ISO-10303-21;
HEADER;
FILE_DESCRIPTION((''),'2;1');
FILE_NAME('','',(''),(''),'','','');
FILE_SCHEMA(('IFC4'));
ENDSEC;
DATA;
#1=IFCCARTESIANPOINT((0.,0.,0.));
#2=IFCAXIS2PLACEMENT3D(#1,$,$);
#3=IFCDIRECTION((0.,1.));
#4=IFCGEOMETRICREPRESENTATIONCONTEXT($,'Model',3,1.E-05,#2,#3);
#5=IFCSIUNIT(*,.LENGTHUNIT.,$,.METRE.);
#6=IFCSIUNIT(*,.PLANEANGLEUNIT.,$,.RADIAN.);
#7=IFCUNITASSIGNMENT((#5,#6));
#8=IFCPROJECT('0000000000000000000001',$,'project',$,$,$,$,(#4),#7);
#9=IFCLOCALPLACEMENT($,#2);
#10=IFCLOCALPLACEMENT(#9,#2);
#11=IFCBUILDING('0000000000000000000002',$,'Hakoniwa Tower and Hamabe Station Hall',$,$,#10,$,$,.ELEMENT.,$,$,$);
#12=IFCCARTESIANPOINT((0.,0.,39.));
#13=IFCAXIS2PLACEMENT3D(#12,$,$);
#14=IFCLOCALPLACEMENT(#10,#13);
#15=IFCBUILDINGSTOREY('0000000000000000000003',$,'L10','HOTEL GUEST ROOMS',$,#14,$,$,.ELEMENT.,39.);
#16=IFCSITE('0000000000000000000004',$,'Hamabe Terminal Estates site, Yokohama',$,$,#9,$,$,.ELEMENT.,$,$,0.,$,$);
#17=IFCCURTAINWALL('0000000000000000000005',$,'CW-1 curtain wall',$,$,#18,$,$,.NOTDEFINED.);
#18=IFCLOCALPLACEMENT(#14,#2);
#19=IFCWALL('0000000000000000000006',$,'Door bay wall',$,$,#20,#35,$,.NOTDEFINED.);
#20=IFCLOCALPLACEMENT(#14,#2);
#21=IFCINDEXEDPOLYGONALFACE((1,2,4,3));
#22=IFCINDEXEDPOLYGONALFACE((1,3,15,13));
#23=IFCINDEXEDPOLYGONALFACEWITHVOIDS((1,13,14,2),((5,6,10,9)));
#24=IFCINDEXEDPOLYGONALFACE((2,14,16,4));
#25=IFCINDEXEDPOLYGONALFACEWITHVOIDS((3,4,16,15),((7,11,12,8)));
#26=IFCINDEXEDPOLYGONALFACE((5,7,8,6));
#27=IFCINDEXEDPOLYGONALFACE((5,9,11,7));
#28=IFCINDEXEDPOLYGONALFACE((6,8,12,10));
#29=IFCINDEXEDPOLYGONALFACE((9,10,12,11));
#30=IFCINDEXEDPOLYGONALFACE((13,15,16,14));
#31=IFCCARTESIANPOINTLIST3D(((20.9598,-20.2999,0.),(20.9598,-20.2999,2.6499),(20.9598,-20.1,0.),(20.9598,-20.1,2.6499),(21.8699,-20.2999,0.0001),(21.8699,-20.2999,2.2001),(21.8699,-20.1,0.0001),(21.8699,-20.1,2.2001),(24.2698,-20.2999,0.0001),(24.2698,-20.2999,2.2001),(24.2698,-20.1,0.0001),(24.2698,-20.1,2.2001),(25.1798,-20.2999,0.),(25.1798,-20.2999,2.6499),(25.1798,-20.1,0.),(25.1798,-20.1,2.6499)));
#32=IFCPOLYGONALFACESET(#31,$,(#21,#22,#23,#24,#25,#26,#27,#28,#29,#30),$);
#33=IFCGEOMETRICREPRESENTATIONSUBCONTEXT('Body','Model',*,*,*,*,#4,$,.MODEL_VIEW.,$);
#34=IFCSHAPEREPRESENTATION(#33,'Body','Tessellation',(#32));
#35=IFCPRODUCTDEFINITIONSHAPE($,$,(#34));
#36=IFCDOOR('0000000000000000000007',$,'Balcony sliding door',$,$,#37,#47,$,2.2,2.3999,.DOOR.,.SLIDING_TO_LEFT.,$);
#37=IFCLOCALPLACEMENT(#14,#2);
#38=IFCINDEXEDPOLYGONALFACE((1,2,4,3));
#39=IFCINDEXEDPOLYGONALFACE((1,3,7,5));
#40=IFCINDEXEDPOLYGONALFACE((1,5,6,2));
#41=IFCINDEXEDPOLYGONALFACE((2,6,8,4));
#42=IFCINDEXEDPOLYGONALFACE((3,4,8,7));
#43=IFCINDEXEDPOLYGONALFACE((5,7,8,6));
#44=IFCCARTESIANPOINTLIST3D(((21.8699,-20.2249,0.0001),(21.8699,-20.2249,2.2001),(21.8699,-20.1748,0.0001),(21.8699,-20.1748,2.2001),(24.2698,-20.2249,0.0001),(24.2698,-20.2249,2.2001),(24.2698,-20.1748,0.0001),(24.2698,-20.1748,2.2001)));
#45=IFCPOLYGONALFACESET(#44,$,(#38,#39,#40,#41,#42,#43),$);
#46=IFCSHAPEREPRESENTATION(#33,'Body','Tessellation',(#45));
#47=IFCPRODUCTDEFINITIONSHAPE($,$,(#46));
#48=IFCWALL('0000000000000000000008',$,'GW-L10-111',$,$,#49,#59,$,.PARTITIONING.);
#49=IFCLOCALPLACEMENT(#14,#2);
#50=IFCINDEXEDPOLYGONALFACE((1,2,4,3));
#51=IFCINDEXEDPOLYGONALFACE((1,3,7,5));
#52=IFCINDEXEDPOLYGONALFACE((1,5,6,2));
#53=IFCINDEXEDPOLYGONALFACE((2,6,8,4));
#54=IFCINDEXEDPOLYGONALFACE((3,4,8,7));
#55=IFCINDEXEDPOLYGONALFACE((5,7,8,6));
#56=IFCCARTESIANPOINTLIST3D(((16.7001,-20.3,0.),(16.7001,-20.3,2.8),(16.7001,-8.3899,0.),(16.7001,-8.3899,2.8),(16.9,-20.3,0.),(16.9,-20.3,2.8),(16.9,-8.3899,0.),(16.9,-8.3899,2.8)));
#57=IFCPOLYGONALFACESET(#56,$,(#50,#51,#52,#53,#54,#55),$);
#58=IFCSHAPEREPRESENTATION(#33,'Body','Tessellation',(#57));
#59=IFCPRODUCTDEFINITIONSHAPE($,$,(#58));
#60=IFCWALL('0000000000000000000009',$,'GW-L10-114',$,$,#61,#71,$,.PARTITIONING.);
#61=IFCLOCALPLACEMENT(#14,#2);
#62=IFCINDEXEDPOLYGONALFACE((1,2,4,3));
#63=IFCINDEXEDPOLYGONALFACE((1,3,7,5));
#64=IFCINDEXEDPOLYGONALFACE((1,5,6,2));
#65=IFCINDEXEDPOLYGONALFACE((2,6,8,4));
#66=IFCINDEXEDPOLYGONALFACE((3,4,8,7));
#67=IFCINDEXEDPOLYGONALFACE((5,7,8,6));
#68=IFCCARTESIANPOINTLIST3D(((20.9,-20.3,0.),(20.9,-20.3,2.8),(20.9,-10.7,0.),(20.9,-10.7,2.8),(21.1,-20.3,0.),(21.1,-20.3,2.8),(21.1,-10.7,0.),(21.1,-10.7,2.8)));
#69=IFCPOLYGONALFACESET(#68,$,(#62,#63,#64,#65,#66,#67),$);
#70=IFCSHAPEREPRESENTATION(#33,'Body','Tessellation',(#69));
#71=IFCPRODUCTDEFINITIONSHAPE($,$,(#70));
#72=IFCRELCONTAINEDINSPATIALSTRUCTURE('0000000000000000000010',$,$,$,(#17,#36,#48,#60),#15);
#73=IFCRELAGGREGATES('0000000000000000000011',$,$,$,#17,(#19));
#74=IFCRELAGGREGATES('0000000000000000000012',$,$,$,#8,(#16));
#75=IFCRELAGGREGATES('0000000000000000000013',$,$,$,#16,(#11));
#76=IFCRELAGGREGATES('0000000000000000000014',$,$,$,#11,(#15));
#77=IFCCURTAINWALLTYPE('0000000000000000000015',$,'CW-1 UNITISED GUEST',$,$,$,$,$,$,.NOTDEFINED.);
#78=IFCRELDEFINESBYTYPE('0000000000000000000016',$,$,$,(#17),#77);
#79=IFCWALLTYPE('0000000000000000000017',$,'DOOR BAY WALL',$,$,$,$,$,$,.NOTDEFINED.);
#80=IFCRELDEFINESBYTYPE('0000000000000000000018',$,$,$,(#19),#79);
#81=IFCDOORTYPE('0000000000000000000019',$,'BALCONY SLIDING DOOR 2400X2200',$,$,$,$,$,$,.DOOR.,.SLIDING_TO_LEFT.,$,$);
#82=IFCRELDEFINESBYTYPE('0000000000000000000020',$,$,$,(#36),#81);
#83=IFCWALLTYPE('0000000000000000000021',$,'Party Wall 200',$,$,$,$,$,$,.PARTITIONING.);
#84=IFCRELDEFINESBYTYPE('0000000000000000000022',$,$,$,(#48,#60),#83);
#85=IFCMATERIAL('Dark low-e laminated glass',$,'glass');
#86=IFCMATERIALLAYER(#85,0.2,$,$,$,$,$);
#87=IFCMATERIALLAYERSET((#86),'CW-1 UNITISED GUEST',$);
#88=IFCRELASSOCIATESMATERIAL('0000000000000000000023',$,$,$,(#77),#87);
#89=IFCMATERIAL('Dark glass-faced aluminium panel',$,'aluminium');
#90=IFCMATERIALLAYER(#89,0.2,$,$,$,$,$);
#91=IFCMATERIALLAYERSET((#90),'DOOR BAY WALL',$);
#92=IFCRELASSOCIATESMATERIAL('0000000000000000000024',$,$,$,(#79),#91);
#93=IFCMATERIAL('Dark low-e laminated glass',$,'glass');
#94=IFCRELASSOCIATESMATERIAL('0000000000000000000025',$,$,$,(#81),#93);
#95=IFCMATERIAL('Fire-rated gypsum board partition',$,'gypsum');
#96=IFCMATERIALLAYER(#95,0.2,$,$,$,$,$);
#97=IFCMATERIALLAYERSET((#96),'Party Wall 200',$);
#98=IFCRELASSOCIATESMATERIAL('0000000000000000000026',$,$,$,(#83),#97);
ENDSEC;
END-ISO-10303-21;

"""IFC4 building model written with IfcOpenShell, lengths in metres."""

from ifc_helpers import new_model, si_unit, direction, frame, frame_2d, origin, place, context, subcontext, project, spatial, rectangle, extrude, material, layer, layer_set, type_object, element, fill, aggregate, save


model = new_model("IFC4")

# Units and contexts
model_context = context("Model", 3, precision=1e-05, world=origin(), true_north=direction((0.0, 1.0)))
body_context = subcontext(model_context, "Body", "Model", "MODEL_VIEW")
ifc_project = project(units=[si_unit("LENGTHUNIT", "METRE"), si_unit("PLANEANGLEUNIT", "RADIAN")], contexts=[model_context])

# Site, building, storey
site_placement = place(None, origin())
site = spatial("IfcSite", under=ifc_project, at=site_placement, Name="Hamabe Terminal Estates site, Yokohama", CompositionType="ELEMENT", RefElevation=0.0)
building_placement = place(site_placement, origin())
building = spatial("IfcBuilding", under=site, at=building_placement, Name="Hakoniwa Tower and Hamabe Station Hall", CompositionType="ELEMENT")
storey_placement = place(building_placement, frame((0.0, 0.0, 39.0)))
storey = spatial("IfcBuildingStorey", under=building, at=storey_placement, Name="L10", Description="HOTEL GUEST ROOMS", CompositionType="ELEMENT", Elevation=39.0)

# Curtain wall
ifc_material_1 = material(Name="Dark low-e laminated glass", Category="glass")
ifc_layer_1 = layer(ifc_material_1, 0.2)
ifc_layer_set_1 = layer_set([ifc_layer_1], Name="CW-1 UNITISED GUEST")
curtain_wall_type = type_object("IfcCurtainWallType", Name="CW-1 UNITISED GUEST", PredefinedType="NOTDEFINED", material=ifc_layer_set_1)
curtain_wall_placement = place(storey_placement, origin())
curtain_wall = element("IfcCurtainWall", 1, at=curtain_wall_placement, inside=storey, type_object=curtain_wall_type, Name="CW-1 curtain wall", PredefinedType="NOTDEFINED")

# Wall, opening, door
ifc_material_2 = material(Name="Dark glass-faced aluminium panel", Category="aluminium")
ifc_layer_2 = layer(ifc_material_2, 0.2)
ifc_layer_set_2 = layer_set([ifc_layer_2], Name="DOOR BAY WALL")
wall_type_1 = type_object("IfcWallType", Name="DOOR BAY WALL", PredefinedType="NOTDEFINED", material=ifc_layer_set_2)
ifc_material_3 = material(Name="Dark low-e laminated glass", Category="glass")
door_type_1 = type_object("IfcDoorType", Name="BALCONY SLIDING DOOR 2400X2200", OperationType="SLIDING_TO_LEFT", PredefinedType="DOOR", material=ifc_material_3)
wall_1_placement = place(storey_placement, frame((20.96, -20.2, 0.0), z_axis=(0.0, 0.0, 1.0), x_axis=(1.0, 0.0, 0.0)))
wall_1 = element("IfcWall", 2, at=wall_1_placement, type_object=wall_type_1, Name="Door bay wall", PredefinedType="NOTDEFINED", context=body_context, shape_type="SweptSolid", body=[
    extrude(rectangle(XDim=4.22, YDim=0.2, at=frame_2d((2.1099, 0.0))), origin(), (0.0, 0.0, 1.0), 2.6499),
])
opening_1_placement = place(wall_1_placement, frame((0.9099, 0.0, 0.0)))
opening_1 = element("IfcOpeningElement", 3, at=opening_1_placement, cuts=wall_1, PredefinedType="OPENING", context=body_context, shape_type="SweptSolid", body=[
    extrude(rectangle(XDim=2.3999, YDim=2.2, at=frame_2d((1.2, 1.1001))), frame((0.0, 0.1099, 0.0), z_axis=(0.0, -1.0, 0.0), x_axis=(1.0, 0.0, 0.0)), (0.0, 0.0, 1.0), 0.22),
])
door_1_placement = place(opening_1_placement, frame((2.3999, 0.0, 0.0), z_axis=(0.0, 0.0, 1.0), x_axis=(-1.0, 0.0, 0.0)))
door_1 = element("IfcDoor", 4, at=door_1_placement, inside=storey, type_object=door_type_1, Name="Balcony sliding door", OperationType="SLIDING_TO_LEFT", OverallHeight=2.2, OverallWidth=2.3999, PredefinedType="DOOR", context=body_context, shape_type="SweptSolid", body=[
    extrude(rectangle(XDim=2.3999, YDim=2.2, at=frame_2d((1.2, 1.1001))), frame((0.0, 0.0249, 0.0), z_axis=(0.0, -1.0, 0.0), x_axis=(1.0, 0.0, 0.0)), (0.0, 0.0, 1.0), 0.05),
])
fill(opening_1, door_1)
aggregate(curtain_wall, [wall_1])

# Walls
ifc_material_4 = material(Name="Fire-rated gypsum board partition", Category="gypsum")
ifc_layer_3 = layer(ifc_material_4, 0.2)
ifc_layer_set_3 = layer_set([ifc_layer_3], Name="Party Wall 200")
wall_type_2 = type_object("IfcWallType", Name="Party Wall 200", PredefinedType="PARTITIONING", material=ifc_layer_set_3)
wall_2_placement = place(storey_placement, frame((16.8, -20.3, 0.0), z_axis=(0.0, 0.0, 1.0), x_axis=(0.0, 1.0, 0.0)))
element("IfcWall", 5, at=wall_2_placement, inside=storey, type_object=wall_type_2, Name="GW-L10-111", PredefinedType="PARTITIONING", context=body_context, shape_type="SweptSolid", body=[
    extrude(rectangle(XDim=11.9102, YDim=0.2, at=frame_2d((5.9551, 0.0))), origin(), (0.0, 0.0, 1.0), 2.8),
])
wall_3_placement = place(storey_placement, frame((21.0, -20.3, 0.0), z_axis=(0.0, 0.0, 1.0), x_axis=(0.0, 1.0, 0.0)))
element("IfcWall", 6, at=wall_3_placement, inside=storey, type_object=wall_type_2, Name="GW-L10-114", PredefinedType="PARTITIONING", context=body_context, shape_type="SweptSolid", body=[
    extrude(rectangle(XDim=9.6001, YDim=0.2, at=frame_2d((4.8, 0.0))), origin(), (0.0, 0.0, 1.0), 2.8),
])

save(model, "model.ifc")
